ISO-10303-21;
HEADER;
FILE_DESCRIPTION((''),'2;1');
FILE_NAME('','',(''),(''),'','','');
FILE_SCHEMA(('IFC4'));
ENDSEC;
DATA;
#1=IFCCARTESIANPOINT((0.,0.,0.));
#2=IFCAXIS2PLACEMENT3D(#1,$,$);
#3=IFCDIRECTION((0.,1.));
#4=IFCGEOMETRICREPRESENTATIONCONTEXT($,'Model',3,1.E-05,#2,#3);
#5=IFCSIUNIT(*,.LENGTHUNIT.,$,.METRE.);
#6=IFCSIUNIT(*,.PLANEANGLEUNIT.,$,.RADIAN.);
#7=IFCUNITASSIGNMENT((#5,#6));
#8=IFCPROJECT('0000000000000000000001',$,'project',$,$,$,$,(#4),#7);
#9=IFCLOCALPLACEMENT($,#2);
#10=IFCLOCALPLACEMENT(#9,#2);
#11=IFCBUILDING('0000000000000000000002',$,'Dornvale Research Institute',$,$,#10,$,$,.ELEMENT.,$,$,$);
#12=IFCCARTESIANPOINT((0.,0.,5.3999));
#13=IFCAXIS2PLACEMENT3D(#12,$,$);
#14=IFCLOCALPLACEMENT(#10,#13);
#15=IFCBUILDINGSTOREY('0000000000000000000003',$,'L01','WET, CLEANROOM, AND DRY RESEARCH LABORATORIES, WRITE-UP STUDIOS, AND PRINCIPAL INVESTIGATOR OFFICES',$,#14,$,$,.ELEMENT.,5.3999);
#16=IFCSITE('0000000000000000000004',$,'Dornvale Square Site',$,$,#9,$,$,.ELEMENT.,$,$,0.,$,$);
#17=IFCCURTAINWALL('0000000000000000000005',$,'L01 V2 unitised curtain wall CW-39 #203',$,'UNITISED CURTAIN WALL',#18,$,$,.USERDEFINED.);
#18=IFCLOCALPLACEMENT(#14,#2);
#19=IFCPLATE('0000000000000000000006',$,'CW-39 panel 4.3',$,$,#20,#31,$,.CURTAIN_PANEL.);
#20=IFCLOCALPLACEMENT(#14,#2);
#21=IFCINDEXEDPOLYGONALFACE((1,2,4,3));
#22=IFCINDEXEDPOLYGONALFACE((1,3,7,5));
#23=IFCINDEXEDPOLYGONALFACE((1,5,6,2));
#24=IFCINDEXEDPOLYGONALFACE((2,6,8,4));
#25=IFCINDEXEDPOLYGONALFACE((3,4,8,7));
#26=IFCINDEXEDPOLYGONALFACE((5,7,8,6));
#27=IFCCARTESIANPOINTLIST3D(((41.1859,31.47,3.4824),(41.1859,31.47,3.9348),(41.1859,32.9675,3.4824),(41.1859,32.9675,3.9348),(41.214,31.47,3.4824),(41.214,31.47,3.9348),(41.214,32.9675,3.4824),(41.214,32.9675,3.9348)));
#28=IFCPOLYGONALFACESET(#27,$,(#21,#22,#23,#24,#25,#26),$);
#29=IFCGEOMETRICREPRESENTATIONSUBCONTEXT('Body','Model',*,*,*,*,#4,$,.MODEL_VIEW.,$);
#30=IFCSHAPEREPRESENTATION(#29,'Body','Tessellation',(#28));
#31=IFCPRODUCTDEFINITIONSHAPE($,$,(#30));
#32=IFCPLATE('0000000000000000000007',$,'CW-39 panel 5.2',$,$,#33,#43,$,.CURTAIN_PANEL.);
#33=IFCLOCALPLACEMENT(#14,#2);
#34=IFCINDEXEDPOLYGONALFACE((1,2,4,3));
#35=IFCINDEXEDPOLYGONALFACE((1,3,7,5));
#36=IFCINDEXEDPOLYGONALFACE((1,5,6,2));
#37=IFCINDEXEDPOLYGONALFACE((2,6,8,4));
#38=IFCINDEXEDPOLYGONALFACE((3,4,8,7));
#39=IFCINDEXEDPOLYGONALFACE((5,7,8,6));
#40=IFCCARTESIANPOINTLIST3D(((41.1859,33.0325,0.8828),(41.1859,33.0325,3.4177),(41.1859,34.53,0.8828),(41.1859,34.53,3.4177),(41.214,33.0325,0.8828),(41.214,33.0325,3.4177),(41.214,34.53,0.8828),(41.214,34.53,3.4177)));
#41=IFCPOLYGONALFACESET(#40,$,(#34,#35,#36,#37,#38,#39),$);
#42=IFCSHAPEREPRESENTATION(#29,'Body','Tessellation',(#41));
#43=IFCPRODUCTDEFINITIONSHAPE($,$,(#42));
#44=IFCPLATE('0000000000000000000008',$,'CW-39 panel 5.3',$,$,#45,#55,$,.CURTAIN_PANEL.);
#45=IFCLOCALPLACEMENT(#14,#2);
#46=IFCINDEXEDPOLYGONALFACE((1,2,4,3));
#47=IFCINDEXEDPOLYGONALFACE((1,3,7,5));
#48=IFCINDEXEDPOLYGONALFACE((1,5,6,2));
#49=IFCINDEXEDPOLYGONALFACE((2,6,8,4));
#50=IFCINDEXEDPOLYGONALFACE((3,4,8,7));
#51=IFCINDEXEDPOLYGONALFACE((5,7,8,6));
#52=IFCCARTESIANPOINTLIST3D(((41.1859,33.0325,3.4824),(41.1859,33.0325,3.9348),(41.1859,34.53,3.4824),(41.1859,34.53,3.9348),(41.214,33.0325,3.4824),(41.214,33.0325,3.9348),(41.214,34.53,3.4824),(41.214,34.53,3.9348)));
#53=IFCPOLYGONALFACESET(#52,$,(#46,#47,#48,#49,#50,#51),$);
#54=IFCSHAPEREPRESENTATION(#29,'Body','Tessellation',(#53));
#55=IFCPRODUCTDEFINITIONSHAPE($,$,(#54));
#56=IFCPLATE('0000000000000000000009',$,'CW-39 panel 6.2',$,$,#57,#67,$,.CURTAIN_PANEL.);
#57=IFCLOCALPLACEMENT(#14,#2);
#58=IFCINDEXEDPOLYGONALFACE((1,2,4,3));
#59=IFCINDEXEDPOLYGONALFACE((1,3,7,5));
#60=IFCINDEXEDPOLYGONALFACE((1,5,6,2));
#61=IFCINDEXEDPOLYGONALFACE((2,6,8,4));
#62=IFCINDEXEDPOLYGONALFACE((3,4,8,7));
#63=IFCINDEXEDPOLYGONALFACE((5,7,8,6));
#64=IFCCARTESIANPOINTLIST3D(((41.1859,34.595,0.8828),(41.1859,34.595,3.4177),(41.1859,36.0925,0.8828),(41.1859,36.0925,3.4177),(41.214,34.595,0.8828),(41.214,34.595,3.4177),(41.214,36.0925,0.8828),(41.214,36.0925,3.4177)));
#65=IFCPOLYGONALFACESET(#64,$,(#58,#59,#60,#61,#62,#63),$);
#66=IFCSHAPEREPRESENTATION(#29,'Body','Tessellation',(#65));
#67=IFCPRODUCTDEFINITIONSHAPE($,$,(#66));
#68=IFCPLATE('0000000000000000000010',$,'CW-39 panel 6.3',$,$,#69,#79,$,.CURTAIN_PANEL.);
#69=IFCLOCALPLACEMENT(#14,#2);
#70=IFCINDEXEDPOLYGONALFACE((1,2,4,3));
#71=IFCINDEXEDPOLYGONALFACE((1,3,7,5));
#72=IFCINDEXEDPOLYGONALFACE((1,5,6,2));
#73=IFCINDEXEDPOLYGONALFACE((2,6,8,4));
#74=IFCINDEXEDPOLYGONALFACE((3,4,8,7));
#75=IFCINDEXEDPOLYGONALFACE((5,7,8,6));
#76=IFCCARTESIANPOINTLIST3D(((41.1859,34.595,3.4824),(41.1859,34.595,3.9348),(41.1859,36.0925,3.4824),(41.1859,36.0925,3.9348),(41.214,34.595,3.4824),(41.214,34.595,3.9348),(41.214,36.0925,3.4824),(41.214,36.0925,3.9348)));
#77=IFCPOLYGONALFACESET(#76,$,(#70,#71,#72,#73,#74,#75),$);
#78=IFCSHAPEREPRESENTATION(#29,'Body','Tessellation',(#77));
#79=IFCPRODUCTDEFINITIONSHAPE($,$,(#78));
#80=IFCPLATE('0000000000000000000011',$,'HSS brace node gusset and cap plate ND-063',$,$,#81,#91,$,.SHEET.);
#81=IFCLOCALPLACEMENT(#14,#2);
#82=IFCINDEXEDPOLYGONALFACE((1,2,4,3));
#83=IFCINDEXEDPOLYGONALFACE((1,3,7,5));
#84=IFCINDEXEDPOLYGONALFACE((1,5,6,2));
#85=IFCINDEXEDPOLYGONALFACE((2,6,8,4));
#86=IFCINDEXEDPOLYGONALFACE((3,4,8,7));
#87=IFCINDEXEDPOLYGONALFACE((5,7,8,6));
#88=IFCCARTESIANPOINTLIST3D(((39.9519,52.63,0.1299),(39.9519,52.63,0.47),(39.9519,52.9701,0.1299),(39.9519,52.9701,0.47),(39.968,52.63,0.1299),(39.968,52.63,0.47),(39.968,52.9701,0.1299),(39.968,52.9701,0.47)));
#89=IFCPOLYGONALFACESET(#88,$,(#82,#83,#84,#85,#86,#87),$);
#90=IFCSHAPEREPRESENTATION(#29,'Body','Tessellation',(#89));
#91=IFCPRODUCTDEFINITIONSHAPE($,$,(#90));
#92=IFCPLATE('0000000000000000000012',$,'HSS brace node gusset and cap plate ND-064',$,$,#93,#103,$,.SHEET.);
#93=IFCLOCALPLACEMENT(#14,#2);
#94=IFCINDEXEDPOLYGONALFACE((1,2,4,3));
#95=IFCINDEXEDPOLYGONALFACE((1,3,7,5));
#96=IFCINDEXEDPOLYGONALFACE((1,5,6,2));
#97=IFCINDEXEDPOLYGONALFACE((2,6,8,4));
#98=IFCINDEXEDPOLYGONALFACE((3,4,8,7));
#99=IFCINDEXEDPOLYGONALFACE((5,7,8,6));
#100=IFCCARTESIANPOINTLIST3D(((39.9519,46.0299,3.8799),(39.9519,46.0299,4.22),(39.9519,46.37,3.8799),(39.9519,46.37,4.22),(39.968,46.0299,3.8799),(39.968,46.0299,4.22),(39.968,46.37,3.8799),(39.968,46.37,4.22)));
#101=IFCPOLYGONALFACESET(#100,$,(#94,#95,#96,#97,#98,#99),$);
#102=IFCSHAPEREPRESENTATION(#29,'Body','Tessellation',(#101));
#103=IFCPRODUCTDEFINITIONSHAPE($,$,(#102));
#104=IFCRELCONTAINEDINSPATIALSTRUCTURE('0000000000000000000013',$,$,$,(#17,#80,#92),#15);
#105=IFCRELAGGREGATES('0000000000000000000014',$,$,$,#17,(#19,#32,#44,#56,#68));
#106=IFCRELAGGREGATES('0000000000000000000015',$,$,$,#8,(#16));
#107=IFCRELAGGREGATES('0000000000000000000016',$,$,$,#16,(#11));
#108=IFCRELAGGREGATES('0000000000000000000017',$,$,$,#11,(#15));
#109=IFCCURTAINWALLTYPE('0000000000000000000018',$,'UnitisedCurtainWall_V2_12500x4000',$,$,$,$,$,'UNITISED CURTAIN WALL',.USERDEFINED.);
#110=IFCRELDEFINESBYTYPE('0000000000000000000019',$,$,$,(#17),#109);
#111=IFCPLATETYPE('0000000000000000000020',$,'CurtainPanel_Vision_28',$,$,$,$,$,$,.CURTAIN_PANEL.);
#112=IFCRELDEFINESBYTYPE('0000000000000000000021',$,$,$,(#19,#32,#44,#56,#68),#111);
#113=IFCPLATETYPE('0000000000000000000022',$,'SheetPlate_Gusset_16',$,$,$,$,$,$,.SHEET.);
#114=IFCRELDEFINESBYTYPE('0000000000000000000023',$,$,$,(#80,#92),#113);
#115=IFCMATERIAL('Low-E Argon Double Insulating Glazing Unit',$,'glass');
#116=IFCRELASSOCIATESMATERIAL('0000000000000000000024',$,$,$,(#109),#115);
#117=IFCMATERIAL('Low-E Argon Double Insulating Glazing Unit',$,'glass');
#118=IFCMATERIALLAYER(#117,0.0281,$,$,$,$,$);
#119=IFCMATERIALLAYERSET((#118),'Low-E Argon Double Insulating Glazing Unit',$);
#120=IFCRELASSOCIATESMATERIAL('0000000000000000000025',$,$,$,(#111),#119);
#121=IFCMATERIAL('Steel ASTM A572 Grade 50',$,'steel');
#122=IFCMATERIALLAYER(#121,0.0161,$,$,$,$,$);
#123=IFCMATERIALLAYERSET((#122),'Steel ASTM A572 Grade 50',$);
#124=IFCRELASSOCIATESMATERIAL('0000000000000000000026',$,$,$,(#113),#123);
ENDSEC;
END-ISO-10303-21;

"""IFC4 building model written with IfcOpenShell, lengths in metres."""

from ifc_helpers import new_model, si_unit, direction, frame, origin, origin_2d, place, context, subcontext, project, spatial, rectangle, extrude, material, layer, layer_set, type_object, element, aggregate, save


model = new_model("IFC4")

# Units and contexts
model_context = context("Model", 3, precision=1e-05, world=origin(), true_north=direction((0.0, 1.0)))
body_context = subcontext(model_context, "Body", "Model", "MODEL_VIEW")
ifc_project = project(units=[si_unit("LENGTHUNIT", "METRE"), si_unit("PLANEANGLEUNIT", "RADIAN")], contexts=[model_context])

# Site, building, storey
site_placement = place(None, origin())
site = spatial("IfcSite", under=ifc_project, at=site_placement, Name="Dornvale Square Site", CompositionType="ELEMENT", RefElevation=0.0)
building_placement = place(site_placement, origin())
building = spatial("IfcBuilding", under=site, at=building_placement, Name="Dornvale Research Institute", CompositionType="ELEMENT")
storey_placement = place(building_placement, frame((0.0, 0.0, 5.3999)))
storey = spatial("IfcBuildingStorey", under=building, at=storey_placement, Name="L01", Description="WET, CLEANROOM, AND DRY RESEARCH LABORATORIES, WRITE-UP STUDIOS, AND PRINCIPAL INVESTIGATOR OFFICES", CompositionType="ELEMENT", Elevation=5.3999)

# Curtain wall
ifc_material_1 = material(Name="Low-E Argon Double Insulating Glazing Unit", Category="glass")
curtain_wall_type_1 = type_object("IfcCurtainWallType", Name="UnitisedCurtainWall_V2_12500x4000", ElementType="UNITISED CURTAIN WALL", PredefinedType="USERDEFINED", material=ifc_material_1)
curtain_wall_1_placement = place(storey_placement, origin())
curtain_wall_1 = element("IfcCurtainWall", 1, at=curtain_wall_1_placement, inside=storey, type_object=curtain_wall_type_1, Name="L01 V2 unitised curtain wall CW-39 #203", ObjectType="UNITISED CURTAIN WALL", PredefinedType="USERDEFINED")

# Plates
ifc_material_2 = material(Name="Low-E Argon Double Insulating Glazing Unit", Category="glass")
ifc_layer_1 = layer(ifc_material_2, 0.0281)
ifc_layer_set_1 = layer_set([ifc_layer_1], Name="Low-E Argon Double Insulating Glazing Unit")
plate_type_1 = type_object("IfcPlateType", Name="CurtainPanel_Vision_28", PredefinedType="CURTAIN_PANEL", material=ifc_layer_set_1)
plate_1_placement = place(storey_placement, frame((41.2, 32.2188, 3.4824), z_axis=(0.0, 0.0, 1.0), x_axis=(0.0, 1.0, 0.0)))
plate_1 = element("IfcPlate", 2, at=plate_1_placement, type_object=plate_type_1, Name="CW-39 panel 4.3", PredefinedType="CURTAIN_PANEL", context=body_context, shape_type="SweptSolid", body=[
    extrude(rectangle(XDim=1.4976, YDim=0.0281, at=origin_2d()), origin(), (0.0, 0.0, 1.0), 0.4524),
])
plate_2_placement = place(storey_placement, frame((41.2, 33.7812, 0.8828), z_axis=(0.0, 0.0, 1.0), x_axis=(0.0, 1.0, 0.0)))
plate_2 = element("IfcPlate", 3, at=plate_2_placement, type_object=plate_type_1, Name="CW-39 panel 5.2", PredefinedType="CURTAIN_PANEL", context=body_context, shape_type="SweptSolid", body=[
    extrude(rectangle(XDim=1.4976, YDim=0.0281, at=origin_2d()), origin(), (0.0, 0.0, 1.0), 2.5349),
])
plate_3_placement = place(storey_placement, frame((41.2, 33.7812, 3.4824), z_axis=(0.0, 0.0, 1.0), x_axis=(0.0, 1.0, 0.0)))
plate_3 = element("IfcPlate", 4, at=plate_3_placement, type_object=plate_type_1, Name="CW-39 panel 5.3", PredefinedType="CURTAIN_PANEL", context=body_context, shape_type="SweptSolid", body=[
    extrude(rectangle(XDim=1.4976, YDim=0.0281, at=origin_2d()), origin(), (0.0, 0.0, 1.0), 0.4524),
])
plate_4_placement = place(storey_placement, frame((41.2, 35.3438, 0.8828), z_axis=(0.0, 0.0, 1.0), x_axis=(0.0, 1.0, 0.0)))
plate_4 = element("IfcPlate", 5, at=plate_4_placement, type_object=plate_type_1, Name="CW-39 panel 6.2", PredefinedType="CURTAIN_PANEL", context=body_context, shape_type="SweptSolid", body=[
    extrude(rectangle(XDim=1.4976, YDim=0.0281, at=origin_2d()), origin(), (0.0, 0.0, 1.0), 2.5349),
])
plate_5_placement = place(storey_placement, frame((41.2, 35.3438, 3.4824), z_axis=(0.0, 0.0, 1.0), x_axis=(0.0, 1.0, 0.0)))
plate_5 = element("IfcPlate", 6, at=plate_5_placement, type_object=plate_type_1, Name="CW-39 panel 6.3", PredefinedType="CURTAIN_PANEL", context=body_context, shape_type="SweptSolid", body=[
    extrude(rectangle(XDim=1.4976, YDim=0.0281, at=origin_2d()), origin(), (0.0, 0.0, 1.0), 0.4524),
])
aggregate(curtain_wall_1, [plate_1, plate_2, plate_3, plate_4, plate_5])

# Plates
ifc_material_3 = material(Name="Steel ASTM A572 Grade 50", Category="steel")
ifc_layer_2 = layer(ifc_material_3, 0.0161)
ifc_layer_set_2 = layer_set([ifc_layer_2], Name="Steel ASTM A572 Grade 50")
plate_type_2 = type_object("IfcPlateType", Name="SheetPlate_Gusset_16", PredefinedType="SHEET", material=ifc_layer_set_2)
for number, where, z_axis, x_axis, name in (
    (7, (39.96, 52.8, 0.1299), (0.0, 0.0, 1.0), (0.0, 1.0, 0.0), "HSS brace node gusset and cap plate ND-063"),
    (8, (39.96, 46.2, 3.8799), (0.0, 0.0, 1.0), (0.0, 1.0, 0.0), "HSS brace node gusset and cap plate ND-064"),
):
    element("IfcPlate", number, at=place(storey_placement, frame(where, z_axis=z_axis, x_axis=x_axis)), inside=storey, type_object=plate_type_2, Name=name, PredefinedType="SHEET", context=body_context, shape_type="SweptSolid", body=[
        extrude(rectangle(XDim=0.3401, YDim=0.0161, at=origin_2d()), origin(), (0.0, 0.0, 1.0), 0.3401),
    ])

save(model, "model.ifc")
